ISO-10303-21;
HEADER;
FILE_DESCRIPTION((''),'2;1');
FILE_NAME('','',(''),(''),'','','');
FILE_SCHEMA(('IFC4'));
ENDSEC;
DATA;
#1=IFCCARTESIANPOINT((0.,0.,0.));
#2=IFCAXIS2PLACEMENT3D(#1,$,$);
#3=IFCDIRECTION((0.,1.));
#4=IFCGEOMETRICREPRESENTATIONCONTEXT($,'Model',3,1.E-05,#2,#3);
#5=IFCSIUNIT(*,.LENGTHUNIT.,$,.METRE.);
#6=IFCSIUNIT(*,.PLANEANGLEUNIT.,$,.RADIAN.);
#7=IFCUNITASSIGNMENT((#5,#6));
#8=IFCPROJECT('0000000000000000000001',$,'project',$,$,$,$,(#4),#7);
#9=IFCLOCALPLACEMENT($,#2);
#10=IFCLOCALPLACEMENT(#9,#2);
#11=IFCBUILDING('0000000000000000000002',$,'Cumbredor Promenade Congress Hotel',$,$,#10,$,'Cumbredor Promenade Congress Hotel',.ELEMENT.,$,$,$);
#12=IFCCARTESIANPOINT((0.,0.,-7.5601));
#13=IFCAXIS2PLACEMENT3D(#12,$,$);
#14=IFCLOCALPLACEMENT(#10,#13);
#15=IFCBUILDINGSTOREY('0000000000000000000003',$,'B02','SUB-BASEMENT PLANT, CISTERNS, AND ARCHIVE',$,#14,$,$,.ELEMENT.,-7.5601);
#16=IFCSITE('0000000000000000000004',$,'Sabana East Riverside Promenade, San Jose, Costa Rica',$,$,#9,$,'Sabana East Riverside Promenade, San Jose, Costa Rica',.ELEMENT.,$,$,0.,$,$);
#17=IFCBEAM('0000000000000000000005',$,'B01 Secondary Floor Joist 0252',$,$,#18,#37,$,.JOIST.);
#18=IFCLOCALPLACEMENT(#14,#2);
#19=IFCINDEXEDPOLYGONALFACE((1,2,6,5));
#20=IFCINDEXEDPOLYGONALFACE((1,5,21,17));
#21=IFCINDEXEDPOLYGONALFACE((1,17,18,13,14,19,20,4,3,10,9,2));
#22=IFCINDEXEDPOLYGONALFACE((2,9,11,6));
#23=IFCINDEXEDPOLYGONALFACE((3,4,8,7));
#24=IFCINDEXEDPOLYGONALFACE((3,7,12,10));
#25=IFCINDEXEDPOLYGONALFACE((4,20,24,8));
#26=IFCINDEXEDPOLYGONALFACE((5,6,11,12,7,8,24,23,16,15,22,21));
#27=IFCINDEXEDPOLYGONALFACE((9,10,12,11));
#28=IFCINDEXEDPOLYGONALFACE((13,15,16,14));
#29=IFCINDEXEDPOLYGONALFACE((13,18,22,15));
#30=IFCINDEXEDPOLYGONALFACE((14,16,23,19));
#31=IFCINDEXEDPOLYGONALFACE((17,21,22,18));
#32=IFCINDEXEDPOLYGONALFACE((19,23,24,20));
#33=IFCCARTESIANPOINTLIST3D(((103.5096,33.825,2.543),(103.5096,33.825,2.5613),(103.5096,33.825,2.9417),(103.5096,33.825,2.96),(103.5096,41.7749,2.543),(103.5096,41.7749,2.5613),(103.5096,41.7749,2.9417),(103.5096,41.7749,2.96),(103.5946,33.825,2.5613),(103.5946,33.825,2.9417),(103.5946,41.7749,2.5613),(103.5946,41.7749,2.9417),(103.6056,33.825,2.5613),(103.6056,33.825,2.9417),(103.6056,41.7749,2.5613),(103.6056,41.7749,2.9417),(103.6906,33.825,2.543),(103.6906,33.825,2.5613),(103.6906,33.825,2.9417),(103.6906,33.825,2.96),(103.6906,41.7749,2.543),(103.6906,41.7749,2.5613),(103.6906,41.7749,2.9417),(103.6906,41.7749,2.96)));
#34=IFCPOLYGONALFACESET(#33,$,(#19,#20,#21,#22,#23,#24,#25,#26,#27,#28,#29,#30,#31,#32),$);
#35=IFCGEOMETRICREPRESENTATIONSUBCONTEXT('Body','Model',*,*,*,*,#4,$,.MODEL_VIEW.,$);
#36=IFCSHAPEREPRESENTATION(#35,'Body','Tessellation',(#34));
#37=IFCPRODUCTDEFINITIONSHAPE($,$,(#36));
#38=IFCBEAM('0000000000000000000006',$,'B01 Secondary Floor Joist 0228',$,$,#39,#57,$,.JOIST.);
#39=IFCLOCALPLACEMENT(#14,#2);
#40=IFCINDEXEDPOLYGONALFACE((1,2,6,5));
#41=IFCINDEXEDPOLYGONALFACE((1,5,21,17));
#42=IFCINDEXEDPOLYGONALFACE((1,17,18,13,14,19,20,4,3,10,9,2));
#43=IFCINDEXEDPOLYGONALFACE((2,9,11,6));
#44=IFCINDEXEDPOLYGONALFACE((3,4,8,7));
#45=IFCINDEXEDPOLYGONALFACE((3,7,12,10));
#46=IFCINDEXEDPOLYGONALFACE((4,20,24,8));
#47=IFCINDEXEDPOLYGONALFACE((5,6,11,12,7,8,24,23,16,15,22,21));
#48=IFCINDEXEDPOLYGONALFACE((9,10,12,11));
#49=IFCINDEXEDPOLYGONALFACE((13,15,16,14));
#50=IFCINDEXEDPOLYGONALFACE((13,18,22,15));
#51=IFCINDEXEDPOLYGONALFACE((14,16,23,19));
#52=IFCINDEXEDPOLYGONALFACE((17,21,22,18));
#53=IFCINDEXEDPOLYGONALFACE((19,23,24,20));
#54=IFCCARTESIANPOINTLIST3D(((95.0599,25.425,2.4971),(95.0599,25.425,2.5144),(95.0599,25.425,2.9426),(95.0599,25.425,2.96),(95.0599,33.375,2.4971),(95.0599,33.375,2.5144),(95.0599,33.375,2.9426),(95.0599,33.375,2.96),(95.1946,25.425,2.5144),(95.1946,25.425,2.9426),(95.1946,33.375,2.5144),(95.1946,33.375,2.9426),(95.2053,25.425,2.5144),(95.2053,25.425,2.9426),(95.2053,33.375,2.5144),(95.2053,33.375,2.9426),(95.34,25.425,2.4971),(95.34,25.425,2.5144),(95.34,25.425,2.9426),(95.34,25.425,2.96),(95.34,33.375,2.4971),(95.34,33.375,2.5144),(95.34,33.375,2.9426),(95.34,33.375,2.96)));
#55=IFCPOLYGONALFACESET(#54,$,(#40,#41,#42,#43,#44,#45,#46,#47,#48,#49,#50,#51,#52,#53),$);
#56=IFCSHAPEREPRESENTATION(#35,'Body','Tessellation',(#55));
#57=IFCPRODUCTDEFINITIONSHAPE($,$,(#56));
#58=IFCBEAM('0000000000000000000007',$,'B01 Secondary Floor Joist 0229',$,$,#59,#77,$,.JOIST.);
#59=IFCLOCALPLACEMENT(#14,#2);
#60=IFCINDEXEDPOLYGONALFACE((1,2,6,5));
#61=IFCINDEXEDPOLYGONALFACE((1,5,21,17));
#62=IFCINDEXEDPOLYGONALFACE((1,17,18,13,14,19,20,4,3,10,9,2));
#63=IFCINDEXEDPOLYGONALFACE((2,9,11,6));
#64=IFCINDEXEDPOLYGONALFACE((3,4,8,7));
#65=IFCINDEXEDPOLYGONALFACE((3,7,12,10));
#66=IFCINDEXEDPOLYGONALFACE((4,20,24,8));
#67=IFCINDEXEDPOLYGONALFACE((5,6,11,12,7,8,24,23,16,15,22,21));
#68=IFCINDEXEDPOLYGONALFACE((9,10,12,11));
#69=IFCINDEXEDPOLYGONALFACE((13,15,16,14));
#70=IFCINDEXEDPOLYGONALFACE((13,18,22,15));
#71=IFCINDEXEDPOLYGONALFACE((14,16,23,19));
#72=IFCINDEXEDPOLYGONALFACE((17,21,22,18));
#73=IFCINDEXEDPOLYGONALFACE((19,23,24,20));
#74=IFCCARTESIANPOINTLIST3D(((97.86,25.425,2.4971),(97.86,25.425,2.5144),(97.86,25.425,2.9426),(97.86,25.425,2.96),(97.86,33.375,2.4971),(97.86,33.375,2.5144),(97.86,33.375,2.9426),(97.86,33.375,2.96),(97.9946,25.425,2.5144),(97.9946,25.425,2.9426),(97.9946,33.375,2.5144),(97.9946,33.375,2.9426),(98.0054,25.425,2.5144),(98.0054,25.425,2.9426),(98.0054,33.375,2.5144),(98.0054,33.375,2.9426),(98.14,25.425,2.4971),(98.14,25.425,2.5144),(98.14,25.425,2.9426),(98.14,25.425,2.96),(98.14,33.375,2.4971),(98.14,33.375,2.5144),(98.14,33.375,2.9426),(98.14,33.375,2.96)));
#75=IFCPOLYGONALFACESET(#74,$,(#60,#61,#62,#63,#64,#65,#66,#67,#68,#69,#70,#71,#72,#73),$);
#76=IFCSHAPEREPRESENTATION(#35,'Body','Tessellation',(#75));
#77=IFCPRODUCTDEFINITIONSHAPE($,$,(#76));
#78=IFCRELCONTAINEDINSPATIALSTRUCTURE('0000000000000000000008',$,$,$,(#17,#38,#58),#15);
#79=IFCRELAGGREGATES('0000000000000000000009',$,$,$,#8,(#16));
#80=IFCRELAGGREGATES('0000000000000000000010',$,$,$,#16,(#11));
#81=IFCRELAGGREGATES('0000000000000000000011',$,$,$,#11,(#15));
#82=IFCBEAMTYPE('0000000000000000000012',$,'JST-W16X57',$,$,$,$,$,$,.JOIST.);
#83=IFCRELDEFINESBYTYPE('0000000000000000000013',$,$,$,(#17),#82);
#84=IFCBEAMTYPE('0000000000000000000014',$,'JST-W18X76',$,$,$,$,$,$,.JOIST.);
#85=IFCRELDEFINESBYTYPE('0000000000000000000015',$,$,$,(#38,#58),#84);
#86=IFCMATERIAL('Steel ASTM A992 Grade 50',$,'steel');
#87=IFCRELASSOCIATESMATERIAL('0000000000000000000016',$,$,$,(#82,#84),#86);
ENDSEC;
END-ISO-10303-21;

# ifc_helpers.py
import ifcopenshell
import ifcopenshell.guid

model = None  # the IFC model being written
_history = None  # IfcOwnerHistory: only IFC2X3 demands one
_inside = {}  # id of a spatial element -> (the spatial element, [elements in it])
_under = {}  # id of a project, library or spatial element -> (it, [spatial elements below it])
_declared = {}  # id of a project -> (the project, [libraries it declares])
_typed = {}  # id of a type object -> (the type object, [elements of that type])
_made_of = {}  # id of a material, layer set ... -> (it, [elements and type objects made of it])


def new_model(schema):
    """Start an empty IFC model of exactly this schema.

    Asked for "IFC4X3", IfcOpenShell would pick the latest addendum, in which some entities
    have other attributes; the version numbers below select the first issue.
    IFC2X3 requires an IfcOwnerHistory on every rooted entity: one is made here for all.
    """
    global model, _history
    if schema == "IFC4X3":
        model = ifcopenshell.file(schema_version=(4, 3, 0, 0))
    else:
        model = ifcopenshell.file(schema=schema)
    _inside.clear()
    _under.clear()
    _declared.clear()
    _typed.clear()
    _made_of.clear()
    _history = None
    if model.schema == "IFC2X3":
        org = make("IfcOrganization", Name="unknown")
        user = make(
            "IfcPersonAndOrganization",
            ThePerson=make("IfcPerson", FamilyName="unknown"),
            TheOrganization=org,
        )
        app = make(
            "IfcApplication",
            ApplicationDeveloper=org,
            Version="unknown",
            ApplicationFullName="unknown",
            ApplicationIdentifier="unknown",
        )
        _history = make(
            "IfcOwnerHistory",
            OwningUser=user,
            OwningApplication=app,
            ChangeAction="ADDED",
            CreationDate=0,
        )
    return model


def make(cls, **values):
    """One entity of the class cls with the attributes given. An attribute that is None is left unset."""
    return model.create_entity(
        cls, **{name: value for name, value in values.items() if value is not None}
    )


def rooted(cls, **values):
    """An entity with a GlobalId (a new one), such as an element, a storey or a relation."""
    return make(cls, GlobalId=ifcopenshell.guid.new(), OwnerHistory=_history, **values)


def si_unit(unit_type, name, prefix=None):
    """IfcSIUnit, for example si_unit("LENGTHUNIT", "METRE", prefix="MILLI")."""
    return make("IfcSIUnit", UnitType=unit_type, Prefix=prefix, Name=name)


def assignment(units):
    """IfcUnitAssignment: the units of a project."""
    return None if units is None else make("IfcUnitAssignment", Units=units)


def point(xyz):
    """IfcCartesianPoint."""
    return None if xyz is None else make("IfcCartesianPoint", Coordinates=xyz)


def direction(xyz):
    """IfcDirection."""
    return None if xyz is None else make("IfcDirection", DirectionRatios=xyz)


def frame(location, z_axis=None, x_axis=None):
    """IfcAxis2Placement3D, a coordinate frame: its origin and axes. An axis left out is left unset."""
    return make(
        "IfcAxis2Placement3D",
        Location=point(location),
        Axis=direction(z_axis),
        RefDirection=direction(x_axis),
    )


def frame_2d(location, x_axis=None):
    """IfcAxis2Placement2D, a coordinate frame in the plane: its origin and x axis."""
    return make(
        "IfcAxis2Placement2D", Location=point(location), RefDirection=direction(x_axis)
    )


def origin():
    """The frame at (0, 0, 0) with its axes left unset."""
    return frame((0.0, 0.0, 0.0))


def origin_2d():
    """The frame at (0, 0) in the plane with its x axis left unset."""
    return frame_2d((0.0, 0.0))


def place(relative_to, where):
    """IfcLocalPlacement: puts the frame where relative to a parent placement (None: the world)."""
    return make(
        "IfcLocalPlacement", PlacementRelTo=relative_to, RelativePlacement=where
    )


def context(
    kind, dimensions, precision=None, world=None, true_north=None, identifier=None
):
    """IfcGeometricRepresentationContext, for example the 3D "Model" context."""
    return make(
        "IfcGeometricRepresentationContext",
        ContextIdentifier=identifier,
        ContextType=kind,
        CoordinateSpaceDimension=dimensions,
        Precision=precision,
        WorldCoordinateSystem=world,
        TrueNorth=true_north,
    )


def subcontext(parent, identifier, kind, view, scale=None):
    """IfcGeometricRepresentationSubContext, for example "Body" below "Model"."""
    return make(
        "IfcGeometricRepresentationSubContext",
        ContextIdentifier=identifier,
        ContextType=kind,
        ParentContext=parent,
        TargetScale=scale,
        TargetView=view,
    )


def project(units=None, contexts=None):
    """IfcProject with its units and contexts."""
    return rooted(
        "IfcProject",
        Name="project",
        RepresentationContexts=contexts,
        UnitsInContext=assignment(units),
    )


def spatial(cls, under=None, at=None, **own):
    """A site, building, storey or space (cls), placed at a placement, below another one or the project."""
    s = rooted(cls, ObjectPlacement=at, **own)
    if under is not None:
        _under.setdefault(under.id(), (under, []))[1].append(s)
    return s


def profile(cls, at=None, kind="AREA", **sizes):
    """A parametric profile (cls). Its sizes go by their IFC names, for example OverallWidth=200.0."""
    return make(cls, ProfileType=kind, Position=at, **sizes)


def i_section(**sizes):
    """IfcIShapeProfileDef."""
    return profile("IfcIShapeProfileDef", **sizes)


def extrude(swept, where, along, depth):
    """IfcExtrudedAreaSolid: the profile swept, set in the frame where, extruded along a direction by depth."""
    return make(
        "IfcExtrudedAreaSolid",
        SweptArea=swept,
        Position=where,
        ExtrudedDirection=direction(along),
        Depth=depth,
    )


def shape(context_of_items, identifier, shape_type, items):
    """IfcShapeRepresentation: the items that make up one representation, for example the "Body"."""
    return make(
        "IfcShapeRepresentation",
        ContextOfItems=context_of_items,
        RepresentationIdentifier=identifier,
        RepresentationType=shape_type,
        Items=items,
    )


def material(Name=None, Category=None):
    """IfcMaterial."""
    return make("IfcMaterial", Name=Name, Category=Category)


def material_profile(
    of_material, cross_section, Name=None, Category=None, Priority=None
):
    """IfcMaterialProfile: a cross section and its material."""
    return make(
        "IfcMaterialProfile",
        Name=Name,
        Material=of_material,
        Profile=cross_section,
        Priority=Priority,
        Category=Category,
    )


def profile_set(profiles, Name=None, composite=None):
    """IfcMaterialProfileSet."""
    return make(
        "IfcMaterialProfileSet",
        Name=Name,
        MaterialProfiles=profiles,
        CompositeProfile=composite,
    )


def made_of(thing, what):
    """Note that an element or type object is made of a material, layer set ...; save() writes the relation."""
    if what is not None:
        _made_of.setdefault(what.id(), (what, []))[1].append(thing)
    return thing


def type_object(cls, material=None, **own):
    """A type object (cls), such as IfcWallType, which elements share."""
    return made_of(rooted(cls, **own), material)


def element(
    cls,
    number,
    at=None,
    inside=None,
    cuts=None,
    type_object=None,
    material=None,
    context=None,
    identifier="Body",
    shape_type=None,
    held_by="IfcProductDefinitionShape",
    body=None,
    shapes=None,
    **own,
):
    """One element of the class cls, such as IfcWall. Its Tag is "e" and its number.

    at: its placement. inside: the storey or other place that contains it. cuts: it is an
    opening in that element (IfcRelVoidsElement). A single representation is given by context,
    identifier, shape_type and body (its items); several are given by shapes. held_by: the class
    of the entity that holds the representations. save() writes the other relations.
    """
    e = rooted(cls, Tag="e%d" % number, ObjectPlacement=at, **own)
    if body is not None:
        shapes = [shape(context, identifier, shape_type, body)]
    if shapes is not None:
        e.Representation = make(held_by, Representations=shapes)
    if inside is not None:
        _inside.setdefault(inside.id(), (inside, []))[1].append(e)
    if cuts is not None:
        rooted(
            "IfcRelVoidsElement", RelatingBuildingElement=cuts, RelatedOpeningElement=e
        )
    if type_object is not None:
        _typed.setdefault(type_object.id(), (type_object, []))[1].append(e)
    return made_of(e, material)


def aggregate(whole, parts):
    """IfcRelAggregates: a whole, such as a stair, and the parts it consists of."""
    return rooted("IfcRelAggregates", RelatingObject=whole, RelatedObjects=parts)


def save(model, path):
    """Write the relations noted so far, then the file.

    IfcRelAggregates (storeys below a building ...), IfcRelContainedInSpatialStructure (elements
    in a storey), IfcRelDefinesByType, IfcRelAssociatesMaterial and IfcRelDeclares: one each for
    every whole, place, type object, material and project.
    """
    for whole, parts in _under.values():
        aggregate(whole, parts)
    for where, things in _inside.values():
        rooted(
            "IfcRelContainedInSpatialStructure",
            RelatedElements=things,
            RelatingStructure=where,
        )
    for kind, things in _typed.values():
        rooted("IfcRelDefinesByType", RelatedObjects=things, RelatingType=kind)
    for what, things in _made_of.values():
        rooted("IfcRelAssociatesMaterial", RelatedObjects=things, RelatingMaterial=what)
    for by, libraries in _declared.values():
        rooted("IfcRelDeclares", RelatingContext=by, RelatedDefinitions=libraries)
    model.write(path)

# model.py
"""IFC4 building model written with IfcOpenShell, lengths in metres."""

from ifc_helpers import new_model, si_unit, direction, frame, origin, origin_2d, place, context, subcontext, project, spatial, i_section, extrude, material, material_profile, profile_set, type_object, element, save


model = new_model("IFC4")

# Units and contexts
model_context = context("Model", 3, precision=1e-05, world=origin(), true_north=direction((0.0, 1.0)))
body_context = subcontext(model_context, "Body", "Model", "MODEL_VIEW")
ifc_project = project(units=[si_unit("LENGTHUNIT", "METRE"), si_unit("PLANEANGLEUNIT", "RADIAN")], contexts=[model_context])

# Site, building, storey
site_placement = place(None, origin())
site = spatial("IfcSite", under=ifc_project, at=site_placement, Name="Sabana East Riverside Promenade, San Jose, Costa Rica", LongName="Sabana East Riverside Promenade, San Jose, Costa Rica", CompositionType="ELEMENT", RefElevation=0.0)
building_placement = place(site_placement, origin())
building = spatial("IfcBuilding", under=site, at=building_placement, Name="Cumbredor Promenade Congress Hotel", LongName="Cumbredor Promenade Congress Hotel", CompositionType="ELEMENT")
storey_placement = place(building_placement, frame((0.0, 0.0, -7.5601)))
storey = spatial("IfcBuildingStorey", under=building, at=storey_placement, Name="B02", Description="SUB-BASEMENT PLANT, CISTERNS, AND ARCHIVE", CompositionType="ELEMENT", Elevation=-7.5601)

# Beams
ifc_material_1 = material(Name="Steel ASTM A992 Grade 50", Category="steel")
ifc_material_profile_1 = material_profile(ifc_material_1, i_section(OverallWidth=0.1809, OverallDepth=0.417, WebThickness=0.011, FlangeThickness=0.0183, at=origin_2d()), Name="W16X57")
ifc_profile_set_1 = profile_set([ifc_material_profile_1], Name="Steel ASTM A992 Grade 50")
beam_type_1 = type_object("IfcBeamType", Name="JST-W16X57", PredefinedType="JOIST", material=ifc_profile_set_1)
beam_1_placement = place(storey_placement, frame((103.6001, 33.825, 2.7515), z_axis=(0.0, 1.0, 0.0), x_axis=(-1.0, 0.0, 0.0)))
element("IfcBeam", 1, at=beam_1_placement, inside=storey, type_object=beam_type_1, Name="B01 Secondary Floor Joist 0252", PredefinedType="JOIST", context=body_context, shape_type="SweptSolid", body=[
    extrude(i_section(OverallWidth=0.1809, OverallDepth=0.417, WebThickness=0.011, FlangeThickness=0.0183, at=origin_2d()), origin(), (0.0, 0.0, 1.0), 7.95),
])
ifc_material_profile_2 = material_profile(ifc_material_1, i_section(OverallWidth=0.28, OverallDepth=0.4629, WebThickness=0.0107, FlangeThickness=0.0173, at=origin_2d()), Name="W18X76")
ifc_profile_set_2 = profile_set([ifc_material_profile_2], Name="Steel ASTM A992 Grade 50")
beam_type_2 = type_object("IfcBeamType", Name="JST-W18X76", PredefinedType="JOIST", material=ifc_profile_set_2)
for number, where, z_axis, x_axis, name in (
    (2, (95.2, 25.425, 2.7285), (0.0, 1.0, 0.0), (-1.0, 0.0, 0.0), "B01 Secondary Floor Joist 0228"),
    (3, (98.0, 25.425, 2.7285), (0.0, 1.0, 0.0), (-1.0, 0.0, 0.0), "B01 Secondary Floor Joist 0229"),
):
    element("IfcBeam", number, at=place(storey_placement, frame(where, z_axis=z_axis, x_axis=x_axis)), inside=storey, type_object=beam_type_2, Name=name, PredefinedType="JOIST", context=body_context, shape_type="SweptSolid", body=[
        extrude(i_section(OverallWidth=0.28, OverallDepth=0.4629, WebThickness=0.0107, FlangeThickness=0.0173, at=origin_2d()), origin(), (0.0, 0.0, 1.0), 7.95),
    ])

save(model, "model.ifc")
